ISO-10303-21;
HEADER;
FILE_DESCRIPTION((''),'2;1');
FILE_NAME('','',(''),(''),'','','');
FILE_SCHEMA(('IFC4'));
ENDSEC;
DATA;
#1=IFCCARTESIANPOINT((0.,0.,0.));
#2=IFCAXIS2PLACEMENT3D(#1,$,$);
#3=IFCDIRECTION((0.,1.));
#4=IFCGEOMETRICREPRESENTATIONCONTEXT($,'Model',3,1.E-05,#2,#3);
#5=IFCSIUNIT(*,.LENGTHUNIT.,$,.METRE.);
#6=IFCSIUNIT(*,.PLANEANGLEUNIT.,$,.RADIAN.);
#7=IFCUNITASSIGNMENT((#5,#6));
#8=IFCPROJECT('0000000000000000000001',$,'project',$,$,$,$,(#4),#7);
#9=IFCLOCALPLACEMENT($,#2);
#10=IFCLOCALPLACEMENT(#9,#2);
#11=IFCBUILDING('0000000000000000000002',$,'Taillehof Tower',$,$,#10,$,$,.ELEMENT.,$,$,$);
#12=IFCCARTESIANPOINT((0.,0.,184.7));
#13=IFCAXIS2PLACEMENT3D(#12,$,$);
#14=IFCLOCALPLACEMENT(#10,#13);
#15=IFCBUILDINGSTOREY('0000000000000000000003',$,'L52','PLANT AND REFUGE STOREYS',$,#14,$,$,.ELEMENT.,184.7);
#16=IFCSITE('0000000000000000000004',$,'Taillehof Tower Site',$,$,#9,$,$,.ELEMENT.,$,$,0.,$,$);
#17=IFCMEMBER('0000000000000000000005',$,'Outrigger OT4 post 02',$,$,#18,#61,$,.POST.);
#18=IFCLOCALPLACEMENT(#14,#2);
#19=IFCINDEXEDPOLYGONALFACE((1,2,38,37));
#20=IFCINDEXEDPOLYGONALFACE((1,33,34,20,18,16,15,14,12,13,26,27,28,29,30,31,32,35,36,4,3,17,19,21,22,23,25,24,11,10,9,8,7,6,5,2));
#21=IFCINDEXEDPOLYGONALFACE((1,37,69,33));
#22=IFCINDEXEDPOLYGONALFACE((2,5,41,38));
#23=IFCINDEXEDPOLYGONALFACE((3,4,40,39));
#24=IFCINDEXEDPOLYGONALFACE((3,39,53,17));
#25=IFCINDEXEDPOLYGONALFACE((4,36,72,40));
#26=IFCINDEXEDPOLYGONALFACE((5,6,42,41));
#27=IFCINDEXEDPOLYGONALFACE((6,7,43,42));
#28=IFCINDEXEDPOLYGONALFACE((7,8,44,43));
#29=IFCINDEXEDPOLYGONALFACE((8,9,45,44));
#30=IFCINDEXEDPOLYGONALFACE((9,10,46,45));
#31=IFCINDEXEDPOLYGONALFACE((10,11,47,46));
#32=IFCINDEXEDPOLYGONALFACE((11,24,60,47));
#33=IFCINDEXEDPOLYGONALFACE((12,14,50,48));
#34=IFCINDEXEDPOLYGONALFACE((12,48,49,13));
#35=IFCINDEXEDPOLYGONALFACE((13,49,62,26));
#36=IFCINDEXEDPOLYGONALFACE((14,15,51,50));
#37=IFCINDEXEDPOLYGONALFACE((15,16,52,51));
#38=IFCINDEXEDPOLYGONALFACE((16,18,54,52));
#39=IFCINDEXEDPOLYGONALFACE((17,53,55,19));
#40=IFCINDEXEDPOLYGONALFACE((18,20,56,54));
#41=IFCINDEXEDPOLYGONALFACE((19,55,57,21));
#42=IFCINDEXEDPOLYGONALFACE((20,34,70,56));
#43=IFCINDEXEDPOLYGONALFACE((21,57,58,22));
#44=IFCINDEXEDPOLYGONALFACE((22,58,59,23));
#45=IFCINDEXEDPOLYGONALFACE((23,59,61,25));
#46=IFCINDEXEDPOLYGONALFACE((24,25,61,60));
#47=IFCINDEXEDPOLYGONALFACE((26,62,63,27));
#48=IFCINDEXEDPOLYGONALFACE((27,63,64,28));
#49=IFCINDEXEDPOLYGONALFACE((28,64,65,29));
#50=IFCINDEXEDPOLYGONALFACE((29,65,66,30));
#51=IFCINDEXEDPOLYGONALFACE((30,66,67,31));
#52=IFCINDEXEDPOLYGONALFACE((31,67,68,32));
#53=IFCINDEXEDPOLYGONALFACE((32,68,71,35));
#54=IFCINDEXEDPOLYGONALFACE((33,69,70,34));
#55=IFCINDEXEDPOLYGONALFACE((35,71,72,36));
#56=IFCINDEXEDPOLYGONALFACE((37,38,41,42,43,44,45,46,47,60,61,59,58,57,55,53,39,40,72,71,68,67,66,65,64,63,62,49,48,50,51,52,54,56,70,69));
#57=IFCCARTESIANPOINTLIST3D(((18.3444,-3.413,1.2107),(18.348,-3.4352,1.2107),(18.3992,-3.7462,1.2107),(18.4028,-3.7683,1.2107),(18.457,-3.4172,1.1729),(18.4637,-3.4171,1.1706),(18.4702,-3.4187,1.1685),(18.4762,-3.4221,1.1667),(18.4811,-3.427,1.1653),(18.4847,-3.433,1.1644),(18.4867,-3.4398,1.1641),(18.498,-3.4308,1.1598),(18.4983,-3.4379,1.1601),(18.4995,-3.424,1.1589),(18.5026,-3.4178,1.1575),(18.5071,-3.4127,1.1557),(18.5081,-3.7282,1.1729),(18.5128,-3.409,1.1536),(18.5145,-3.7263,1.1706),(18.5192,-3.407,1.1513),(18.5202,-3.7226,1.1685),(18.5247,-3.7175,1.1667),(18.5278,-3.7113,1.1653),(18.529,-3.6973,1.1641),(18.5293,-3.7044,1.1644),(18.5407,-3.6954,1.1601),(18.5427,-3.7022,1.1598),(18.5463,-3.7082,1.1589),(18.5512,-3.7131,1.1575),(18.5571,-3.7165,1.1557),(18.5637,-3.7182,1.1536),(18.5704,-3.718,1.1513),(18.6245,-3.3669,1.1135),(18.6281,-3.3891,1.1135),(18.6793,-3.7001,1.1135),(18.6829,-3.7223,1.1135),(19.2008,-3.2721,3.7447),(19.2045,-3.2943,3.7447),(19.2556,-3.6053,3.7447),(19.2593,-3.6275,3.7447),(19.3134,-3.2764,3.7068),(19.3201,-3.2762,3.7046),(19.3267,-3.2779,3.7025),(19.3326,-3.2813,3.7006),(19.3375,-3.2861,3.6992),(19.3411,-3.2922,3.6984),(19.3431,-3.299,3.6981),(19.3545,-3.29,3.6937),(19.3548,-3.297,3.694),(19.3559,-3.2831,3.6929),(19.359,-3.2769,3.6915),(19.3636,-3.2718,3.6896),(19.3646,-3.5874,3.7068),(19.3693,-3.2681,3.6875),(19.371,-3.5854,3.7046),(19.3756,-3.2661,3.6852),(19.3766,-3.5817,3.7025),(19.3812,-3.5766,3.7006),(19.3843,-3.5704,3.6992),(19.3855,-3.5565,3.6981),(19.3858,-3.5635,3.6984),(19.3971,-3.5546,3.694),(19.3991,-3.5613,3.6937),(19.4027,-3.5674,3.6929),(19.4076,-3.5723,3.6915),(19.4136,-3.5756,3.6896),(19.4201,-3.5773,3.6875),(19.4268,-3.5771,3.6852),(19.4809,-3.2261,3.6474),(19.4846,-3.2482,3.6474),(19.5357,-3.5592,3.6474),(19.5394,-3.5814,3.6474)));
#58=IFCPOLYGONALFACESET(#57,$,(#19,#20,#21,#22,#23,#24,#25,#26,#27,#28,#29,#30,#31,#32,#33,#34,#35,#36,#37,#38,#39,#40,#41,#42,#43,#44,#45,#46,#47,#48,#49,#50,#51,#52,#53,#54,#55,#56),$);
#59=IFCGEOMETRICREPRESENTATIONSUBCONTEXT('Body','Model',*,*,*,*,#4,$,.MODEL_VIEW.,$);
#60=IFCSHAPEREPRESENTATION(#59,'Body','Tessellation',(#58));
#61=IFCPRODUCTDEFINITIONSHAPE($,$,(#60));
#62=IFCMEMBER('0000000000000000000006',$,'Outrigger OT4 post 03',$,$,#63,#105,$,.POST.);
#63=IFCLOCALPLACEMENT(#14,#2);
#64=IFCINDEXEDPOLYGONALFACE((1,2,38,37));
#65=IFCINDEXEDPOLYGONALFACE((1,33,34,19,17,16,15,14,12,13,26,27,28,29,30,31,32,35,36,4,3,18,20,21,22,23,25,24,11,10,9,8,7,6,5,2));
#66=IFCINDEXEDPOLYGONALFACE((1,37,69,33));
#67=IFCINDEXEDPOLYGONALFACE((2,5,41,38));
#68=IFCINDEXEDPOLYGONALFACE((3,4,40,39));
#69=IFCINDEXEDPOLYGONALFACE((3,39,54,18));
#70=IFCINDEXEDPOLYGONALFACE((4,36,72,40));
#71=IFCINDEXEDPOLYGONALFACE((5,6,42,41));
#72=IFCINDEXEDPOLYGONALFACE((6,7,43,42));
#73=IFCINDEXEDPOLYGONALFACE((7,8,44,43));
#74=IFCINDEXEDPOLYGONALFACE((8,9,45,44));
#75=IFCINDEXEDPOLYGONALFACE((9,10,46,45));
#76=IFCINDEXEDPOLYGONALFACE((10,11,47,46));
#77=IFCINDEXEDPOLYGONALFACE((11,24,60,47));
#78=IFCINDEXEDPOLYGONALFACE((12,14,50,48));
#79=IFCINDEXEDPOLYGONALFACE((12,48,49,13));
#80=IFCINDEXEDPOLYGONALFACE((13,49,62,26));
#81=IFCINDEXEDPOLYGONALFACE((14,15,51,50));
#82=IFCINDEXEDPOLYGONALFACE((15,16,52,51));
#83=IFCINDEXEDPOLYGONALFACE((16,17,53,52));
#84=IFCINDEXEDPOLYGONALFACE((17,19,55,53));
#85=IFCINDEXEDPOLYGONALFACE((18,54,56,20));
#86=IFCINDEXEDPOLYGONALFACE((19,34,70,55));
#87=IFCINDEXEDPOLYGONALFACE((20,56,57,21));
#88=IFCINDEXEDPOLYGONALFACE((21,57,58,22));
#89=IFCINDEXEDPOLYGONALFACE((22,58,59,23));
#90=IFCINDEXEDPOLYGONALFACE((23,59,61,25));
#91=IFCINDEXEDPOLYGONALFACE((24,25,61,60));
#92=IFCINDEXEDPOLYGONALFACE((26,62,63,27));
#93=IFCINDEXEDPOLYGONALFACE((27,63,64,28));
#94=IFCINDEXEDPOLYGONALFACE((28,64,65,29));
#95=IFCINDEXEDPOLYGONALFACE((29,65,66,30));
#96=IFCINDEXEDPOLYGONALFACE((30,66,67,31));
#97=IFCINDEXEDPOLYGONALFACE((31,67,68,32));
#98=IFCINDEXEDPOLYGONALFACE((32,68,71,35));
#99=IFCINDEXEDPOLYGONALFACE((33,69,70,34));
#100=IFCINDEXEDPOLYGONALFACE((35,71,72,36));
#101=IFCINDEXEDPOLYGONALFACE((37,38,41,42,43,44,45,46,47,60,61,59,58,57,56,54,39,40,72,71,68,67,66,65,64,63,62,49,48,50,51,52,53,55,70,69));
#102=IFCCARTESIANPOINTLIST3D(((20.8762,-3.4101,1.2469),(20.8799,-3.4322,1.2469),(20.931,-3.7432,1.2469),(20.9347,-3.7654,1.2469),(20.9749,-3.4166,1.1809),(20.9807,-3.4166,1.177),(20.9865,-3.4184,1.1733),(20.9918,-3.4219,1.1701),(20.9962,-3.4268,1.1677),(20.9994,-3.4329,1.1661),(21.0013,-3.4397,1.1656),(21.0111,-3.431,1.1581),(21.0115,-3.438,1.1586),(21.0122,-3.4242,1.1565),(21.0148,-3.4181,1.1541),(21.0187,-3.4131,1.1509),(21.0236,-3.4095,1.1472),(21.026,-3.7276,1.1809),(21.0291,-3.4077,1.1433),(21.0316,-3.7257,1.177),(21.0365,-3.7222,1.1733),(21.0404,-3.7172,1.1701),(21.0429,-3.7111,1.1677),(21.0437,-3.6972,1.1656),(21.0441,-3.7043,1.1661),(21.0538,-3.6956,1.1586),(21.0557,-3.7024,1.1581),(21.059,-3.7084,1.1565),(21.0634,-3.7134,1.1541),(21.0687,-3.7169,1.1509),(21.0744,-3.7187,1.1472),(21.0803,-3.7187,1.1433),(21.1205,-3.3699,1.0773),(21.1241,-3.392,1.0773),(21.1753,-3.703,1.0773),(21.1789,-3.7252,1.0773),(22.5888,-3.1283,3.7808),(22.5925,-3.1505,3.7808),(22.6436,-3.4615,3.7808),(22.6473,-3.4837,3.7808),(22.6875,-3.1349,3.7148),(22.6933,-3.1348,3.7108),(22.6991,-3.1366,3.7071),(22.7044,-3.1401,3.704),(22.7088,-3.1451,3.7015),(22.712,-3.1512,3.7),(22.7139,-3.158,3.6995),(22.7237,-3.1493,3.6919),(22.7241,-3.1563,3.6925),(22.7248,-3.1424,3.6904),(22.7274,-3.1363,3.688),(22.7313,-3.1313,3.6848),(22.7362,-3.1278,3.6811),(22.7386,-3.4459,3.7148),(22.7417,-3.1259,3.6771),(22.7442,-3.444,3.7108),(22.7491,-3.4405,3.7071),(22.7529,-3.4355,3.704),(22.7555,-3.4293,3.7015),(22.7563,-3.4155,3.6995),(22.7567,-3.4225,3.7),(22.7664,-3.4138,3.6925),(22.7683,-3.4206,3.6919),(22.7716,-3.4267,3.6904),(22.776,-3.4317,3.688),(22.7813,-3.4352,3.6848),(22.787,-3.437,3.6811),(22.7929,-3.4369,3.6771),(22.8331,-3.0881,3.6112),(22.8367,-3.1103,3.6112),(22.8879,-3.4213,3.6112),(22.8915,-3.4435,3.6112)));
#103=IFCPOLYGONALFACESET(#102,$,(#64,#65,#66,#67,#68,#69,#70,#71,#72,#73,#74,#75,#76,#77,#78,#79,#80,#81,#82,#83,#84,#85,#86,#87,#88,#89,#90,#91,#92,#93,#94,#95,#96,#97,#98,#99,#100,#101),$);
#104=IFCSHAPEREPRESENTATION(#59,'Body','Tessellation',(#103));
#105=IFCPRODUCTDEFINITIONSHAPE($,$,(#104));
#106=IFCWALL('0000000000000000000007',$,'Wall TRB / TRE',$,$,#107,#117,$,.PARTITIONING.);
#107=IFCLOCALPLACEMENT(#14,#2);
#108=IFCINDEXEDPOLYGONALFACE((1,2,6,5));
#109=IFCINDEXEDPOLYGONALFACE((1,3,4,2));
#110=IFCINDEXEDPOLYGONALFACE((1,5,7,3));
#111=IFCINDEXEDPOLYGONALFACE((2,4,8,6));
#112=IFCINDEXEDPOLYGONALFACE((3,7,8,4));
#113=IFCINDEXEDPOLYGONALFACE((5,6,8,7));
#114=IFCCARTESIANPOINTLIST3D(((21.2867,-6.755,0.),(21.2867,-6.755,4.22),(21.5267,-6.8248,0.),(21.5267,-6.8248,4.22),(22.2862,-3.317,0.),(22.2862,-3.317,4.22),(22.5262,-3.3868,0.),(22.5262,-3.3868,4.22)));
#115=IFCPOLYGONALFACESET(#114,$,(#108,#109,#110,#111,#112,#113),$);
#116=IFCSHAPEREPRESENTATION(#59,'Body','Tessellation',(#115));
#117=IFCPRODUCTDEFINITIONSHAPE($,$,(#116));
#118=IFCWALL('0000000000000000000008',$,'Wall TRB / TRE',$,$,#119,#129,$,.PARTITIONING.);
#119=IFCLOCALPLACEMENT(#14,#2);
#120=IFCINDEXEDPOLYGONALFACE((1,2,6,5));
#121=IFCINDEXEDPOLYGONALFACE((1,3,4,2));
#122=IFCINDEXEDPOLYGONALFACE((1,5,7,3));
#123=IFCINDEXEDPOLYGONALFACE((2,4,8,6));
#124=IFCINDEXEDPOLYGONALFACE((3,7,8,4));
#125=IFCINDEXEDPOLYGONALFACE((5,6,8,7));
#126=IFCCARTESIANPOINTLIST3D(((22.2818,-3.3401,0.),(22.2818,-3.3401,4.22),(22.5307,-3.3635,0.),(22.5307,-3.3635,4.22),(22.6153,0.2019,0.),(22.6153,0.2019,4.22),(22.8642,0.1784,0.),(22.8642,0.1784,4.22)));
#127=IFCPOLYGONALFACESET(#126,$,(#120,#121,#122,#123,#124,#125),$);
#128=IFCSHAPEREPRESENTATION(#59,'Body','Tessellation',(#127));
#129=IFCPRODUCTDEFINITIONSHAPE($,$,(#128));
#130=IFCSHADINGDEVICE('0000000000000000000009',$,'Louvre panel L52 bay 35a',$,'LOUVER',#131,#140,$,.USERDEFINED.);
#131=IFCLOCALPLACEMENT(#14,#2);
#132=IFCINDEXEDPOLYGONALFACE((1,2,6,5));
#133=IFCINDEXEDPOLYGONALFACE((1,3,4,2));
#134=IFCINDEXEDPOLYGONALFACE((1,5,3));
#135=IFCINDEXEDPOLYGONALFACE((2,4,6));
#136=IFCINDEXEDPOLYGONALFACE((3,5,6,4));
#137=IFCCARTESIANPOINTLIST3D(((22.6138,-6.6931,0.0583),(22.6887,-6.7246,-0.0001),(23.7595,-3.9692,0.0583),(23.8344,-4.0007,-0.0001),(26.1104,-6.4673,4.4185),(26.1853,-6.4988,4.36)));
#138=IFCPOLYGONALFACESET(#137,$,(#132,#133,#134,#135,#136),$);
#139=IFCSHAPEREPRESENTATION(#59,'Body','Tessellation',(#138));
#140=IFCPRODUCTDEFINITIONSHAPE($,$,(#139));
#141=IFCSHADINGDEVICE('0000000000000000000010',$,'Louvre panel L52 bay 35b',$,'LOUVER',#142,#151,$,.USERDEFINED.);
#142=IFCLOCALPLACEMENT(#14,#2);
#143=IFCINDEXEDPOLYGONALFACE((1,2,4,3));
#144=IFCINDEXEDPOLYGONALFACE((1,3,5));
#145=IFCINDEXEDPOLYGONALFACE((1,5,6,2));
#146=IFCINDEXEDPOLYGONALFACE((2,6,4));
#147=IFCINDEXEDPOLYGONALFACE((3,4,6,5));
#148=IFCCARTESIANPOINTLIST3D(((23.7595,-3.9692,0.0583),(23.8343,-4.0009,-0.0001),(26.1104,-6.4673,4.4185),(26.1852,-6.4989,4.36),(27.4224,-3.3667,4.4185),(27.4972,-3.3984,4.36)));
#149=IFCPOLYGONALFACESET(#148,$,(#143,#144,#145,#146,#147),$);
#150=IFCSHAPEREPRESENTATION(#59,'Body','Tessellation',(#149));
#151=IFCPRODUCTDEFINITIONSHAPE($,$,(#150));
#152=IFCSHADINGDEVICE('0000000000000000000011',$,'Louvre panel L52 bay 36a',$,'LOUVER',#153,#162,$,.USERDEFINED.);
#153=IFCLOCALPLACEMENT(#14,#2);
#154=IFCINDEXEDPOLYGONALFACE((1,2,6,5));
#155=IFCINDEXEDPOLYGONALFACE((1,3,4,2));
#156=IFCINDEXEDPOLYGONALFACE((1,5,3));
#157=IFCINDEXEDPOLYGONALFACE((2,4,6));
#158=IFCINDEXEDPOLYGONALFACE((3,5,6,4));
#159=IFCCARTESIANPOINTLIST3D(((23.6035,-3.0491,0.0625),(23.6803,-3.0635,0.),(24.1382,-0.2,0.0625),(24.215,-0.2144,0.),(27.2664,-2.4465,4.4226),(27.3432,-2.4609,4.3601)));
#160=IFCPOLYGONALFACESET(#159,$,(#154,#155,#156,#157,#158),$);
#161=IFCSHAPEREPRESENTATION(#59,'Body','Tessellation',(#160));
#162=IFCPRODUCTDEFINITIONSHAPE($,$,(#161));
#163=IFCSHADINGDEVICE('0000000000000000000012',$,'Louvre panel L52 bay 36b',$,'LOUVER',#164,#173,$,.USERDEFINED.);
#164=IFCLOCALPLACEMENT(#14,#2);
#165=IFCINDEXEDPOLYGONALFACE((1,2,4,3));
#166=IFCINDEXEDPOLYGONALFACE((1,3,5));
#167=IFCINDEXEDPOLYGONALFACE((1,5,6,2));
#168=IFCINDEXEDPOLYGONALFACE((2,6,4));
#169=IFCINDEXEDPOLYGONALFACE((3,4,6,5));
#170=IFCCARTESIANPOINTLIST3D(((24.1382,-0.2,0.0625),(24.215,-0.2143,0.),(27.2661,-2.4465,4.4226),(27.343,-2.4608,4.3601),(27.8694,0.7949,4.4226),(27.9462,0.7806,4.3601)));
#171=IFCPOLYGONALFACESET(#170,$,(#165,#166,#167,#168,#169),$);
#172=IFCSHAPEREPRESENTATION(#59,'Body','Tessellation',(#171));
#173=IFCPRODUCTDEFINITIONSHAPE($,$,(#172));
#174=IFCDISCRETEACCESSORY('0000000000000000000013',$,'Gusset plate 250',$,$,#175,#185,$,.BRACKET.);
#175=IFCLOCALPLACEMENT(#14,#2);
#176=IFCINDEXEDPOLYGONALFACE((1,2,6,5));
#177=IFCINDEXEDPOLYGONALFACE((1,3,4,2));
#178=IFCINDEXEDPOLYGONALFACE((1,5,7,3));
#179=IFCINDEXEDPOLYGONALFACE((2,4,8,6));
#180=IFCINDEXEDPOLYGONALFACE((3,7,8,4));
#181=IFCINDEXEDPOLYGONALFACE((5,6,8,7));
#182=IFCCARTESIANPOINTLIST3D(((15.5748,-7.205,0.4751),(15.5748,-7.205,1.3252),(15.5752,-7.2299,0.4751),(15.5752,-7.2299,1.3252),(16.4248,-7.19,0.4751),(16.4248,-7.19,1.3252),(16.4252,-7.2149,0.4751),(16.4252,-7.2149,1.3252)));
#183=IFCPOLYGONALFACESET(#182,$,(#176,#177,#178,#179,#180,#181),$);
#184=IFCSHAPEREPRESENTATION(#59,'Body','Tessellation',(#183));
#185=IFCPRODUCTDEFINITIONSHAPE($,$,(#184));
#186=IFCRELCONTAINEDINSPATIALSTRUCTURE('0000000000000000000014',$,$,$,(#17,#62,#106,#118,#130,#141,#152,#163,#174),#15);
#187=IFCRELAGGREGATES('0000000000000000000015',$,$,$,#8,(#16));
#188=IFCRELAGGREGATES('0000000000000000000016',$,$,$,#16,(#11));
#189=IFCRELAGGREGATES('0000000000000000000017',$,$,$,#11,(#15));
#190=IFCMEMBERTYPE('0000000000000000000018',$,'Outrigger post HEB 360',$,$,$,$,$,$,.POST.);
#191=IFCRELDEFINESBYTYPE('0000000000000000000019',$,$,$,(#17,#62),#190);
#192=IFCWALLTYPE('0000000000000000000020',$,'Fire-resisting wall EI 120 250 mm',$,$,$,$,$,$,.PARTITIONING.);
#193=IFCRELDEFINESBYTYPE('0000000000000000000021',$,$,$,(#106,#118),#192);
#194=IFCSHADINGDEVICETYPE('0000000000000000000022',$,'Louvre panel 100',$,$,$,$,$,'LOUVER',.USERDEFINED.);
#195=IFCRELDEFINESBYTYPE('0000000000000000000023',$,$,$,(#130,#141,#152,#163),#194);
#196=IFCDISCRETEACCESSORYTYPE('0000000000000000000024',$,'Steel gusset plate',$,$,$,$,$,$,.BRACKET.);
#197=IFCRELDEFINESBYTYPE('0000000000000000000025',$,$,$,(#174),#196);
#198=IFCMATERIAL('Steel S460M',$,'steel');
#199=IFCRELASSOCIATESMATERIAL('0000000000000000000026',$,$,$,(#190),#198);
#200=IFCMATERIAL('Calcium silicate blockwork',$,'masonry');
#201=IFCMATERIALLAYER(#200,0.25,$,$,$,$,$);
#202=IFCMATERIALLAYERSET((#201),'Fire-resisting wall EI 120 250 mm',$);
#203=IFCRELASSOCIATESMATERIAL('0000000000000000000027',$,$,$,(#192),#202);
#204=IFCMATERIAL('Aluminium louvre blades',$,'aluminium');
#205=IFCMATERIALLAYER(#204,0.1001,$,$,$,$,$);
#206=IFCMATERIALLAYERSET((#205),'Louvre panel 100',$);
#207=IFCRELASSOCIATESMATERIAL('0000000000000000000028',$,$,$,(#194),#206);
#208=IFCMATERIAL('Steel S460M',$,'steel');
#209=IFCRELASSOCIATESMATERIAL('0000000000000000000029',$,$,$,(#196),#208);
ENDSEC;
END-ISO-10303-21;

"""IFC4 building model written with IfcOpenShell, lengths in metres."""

from ifc_helpers import new_model, si_unit, direction, frame, frame_2d, origin, origin_2d, place, context, subcontext, project, spatial, polyline, rectangle, i_section, outline, extrude, material, layer, layer_set, material_profile, profile_set, type_object, element, save


model = new_model("IFC4")

# Units and contexts
model_context = context("Model", 3, precision=1e-05, world=origin(), true_north=direction((0.0, 1.0)))
body_context = subcontext(model_context, "Body", "Model", "MODEL_VIEW")
ifc_project = project(units=[si_unit("LENGTHUNIT", "METRE"), si_unit("PLANEANGLEUNIT", "RADIAN")], contexts=[model_context])

# Site, building, storey
site_placement = place(None, origin())
site = spatial("IfcSite", under=ifc_project, at=site_placement, Name="Taillehof Tower Site", CompositionType="ELEMENT", RefElevation=0.0)
building_placement = place(site_placement, origin())
building = spatial("IfcBuilding", under=site, at=building_placement, Name="Taillehof Tower", CompositionType="ELEMENT")
storey_placement = place(building_placement, frame((0.0, 0.0, 184.7)))
storey = spatial("IfcBuildingStorey", under=building, at=storey_placement, Name="L52", Description="PLANT AND REFUGE STOREYS", CompositionType="ELEMENT", Elevation=184.7)

# Members
ifc_material_1 = material(Name="Steel S460M", Category="steel")
ifc_material_profile_1 = material_profile(ifc_material_1, i_section(OverallWidth=0.3, OverallDepth=0.3601, WebThickness=0.0125, FlangeThickness=0.0225, FilletRadius=0.0271, at=origin_2d()), Name="HEB 360")
ifc_profile_set_1 = profile_set([ifc_material_profile_1], Name="Steel S460M")
member_type_1 = type_object("IfcMemberType", Name="Outrigger post HEB 360", PredefinedType="POST", material=ifc_profile_set_1)
member_1_placement = place(storey_placement, frame((18.5137, -3.5676, 1.1621), z_axis=(0.319752, 0.052593, 0.94604), x_axis=(0.933497, 0.153543, -0.324049)))
element("IfcMember", 1, at=member_1_placement, inside=storey, type_object=member_type_1, Name="Outrigger OT4 post 02", PredefinedType="POST", context=body_context, shape_type="SweptSolid", body=[
    extrude(i_section(OverallWidth=0.3, OverallDepth=0.3601, WebThickness=0.0125, FlangeThickness=0.0225, FilletRadius=0.0271, at=origin_2d()), origin(), (0.0, 0.0, 1.0), 2.6785),
])
member_2_placement = place(storey_placement, frame((21.0276, -3.5676, 1.1621), z_axis=(0.557615, 0.09173, 0.825016), x_axis=(0.814074, 0.133919, -0.56511)))
element("IfcMember", 2, at=member_2_placement, inside=storey, type_object=member_type_1, Name="Outrigger OT4 post 03", PredefinedType="POST", context=body_context, shape_type="SweptSolid", body=[
    extrude(i_section(OverallWidth=0.3, OverallDepth=0.3601, WebThickness=0.0125, FlangeThickness=0.0225, FilletRadius=0.0271, at=origin_2d()), origin(), (0.0, 0.0, 1.0), 3.0713),
])

# Walls
ifc_material_2 = material(Name="Calcium silicate blockwork", Category="masonry")
ifc_layer_1 = layer(ifc_material_2, 0.25)
ifc_layer_set_1 = layer_set([ifc_layer_1], Name="Fire-resisting wall EI 120 250 mm")
wall_type = type_object("IfcWallType", Name="Fire-resisting wall EI 120 250 mm", PredefinedType="PARTITIONING", material=ifc_layer_set_1)
wall_1_placement = place(storey_placement, frame((21.4067, -6.7898, 0.0), z_axis=(0.0, 0.0, 1.0), x_axis=(0.279167, 0.960243, 0.0)))
element("IfcWall", 3, at=wall_1_placement, inside=storey, type_object=wall_type, Name="Wall TRB / TRE", PredefinedType="PARTITIONING", context=body_context, shape_type="SweptSolid", body=[
    extrude(rectangle(XDim=3.5803, YDim=0.25, at=frame_2d((1.79, 0.0))), origin(), (0.0, 0.0, 1.0), 4.22),
])
wall_2_placement = place(storey_placement, frame((22.4062, -3.3518, 0.0), z_axis=(0.0, 0.0, 1.0), x_axis=(0.09374, 0.995597, 0.0)))
element("IfcWall", 4, at=wall_2_placement, inside=storey, type_object=wall_type, Name="Wall TRB / TRE", PredefinedType="PARTITIONING", context=body_context, shape_type="SweptSolid", body=[
    extrude(rectangle(XDim=3.5576, YDim=0.25, at=frame_2d((1.7788, 0.0))), origin(), (0.0, 0.0, 1.0), 4.22),
])

# Shading devices
ifc_material_3 = material(Name="Aluminium louvre blades", Category="aluminium")
ifc_layer_2 = layer(ifc_material_3, 0.1001)
ifc_layer_set_2 = layer_set([ifc_layer_2], Name="Louvre panel 100")
shading_device_type = type_object("IfcShadingDeviceType", Name="Louvre panel 100", ElementType="LOUVER", PredefinedType="USERDEFINED", material=ifc_layer_set_2)
shading_device_1_placement = place(storey_placement, frame((22.6138, -6.6931, 0.0583), z_axis=(-0.748359, 0.314784, 0.583841), x_axis=(0.387728, 0.921774, 0.0)))
element("IfcShadingDevice", 5, at=shading_device_1_placement, inside=storey, type_object=shading_device_type, Name="Louvre panel L52 bay 35a", ObjectType="LOUVER", PredefinedType="USERDEFINED", context=body_context, shape_type="SweptSolid", body=[
    extrude(outline(polyline([(0.0, 0.0), (2.955, 0.0), (1.5639, -5.3705), (0.0, 0.0)])), origin(), (0.0, 0.0, -1.0), 0.1001),
])
shading_device_2_placement = place(storey_placement, frame((23.7595, -3.9692, 0.0583), z_axis=(-0.747443, 0.31628, 0.584205), x_axis=(0.639657, 0.105224, 0.761424)))
element("IfcShadingDevice", 6, at=shading_device_2_placement, inside=storey, type_object=shading_device_type, Name="Louvre panel L52 bay 35b", ObjectType="LOUVER", PredefinedType="USERDEFINED", context=body_context, shape_type="SweptSolid", body=[
    extrude(outline(polyline([(0.0, 0.0), (5.7263, 0.0), (4.5608, -3.1586), (0.0, 0.0)])), origin(), (0.0, 0.0, -1.0), 0.1001),
])
shading_device_3_placement = place(storey_placement, frame((23.6035, -3.0491, 0.0625), z_axis=(-0.767405, 0.144012, 0.62478), x_axis=(0.184441, 0.982844, 0.0)))
element("IfcShadingDevice", 7, at=shading_device_3_placement, inside=storey, type_object=shading_device_type, Name="Louvre panel L52 bay 36a", ObjectType="LOUVER", PredefinedType="USERDEFINED", context=body_context, shape_type="SweptSolid", body=[
    extrude(outline(polyline([(0.0, 0.0), (2.8989, 0.0), (1.2678, -5.5842), (0.0, 0.0)])), origin(), (0.0, 0.0, -1.0), 0.1001),
])
shading_device_4_placement = place(storey_placement, frame((24.1382, -0.2, 0.0625), z_axis=(-0.76785, 0.142906, 0.624487), x_axis=(0.640629, 0.170815, 0.74861)))
element("IfcShadingDevice", 8, at=shading_device_4_placement, inside=storey, type_object=shading_device_type, Name="Louvre panel L52 bay 36b", ObjectType="LOUVER", PredefinedType="USERDEFINED", context=body_context, shape_type="SweptSolid", body=[
    extrude(outline(polyline([(0.0, 0.0), (5.8243, 0.0), (4.8841, -3.1602), (0.0, 0.0)])), origin(), (0.0, 0.0, -1.0), 0.1001),
])

# Discrete accessory
ifc_material_4 = material(Name="Steel S460M", Category="steel")
discrete_accessory_type = type_object("IfcDiscreteAccessoryType", Name="Steel gusset plate", PredefinedType="BRACKET", material=ifc_material_4)
for number, where, z_axis, x_axis, name in (
    (9, (16.0, -7.21, 0.4751), (0.0, 0.0, 1.0), (0.999843, 0.017725, 0.0), "Gusset plate 250"),
):
    element("IfcDiscreteAccessory", number, at=place(storey_placement, frame(where, z_axis=z_axis, x_axis=x_axis)), inside=storey, type_object=discrete_accessory_type, Name=name, PredefinedType="BRACKET", context=body_context, shape_type="SweptSolid", body=[
        extrude(rectangle(XDim=0.8501, YDim=0.0249, at=origin_2d()), origin(), (0.0, 0.0, 1.0), 0.8501),
    ])

save(model, "model.ifc")
